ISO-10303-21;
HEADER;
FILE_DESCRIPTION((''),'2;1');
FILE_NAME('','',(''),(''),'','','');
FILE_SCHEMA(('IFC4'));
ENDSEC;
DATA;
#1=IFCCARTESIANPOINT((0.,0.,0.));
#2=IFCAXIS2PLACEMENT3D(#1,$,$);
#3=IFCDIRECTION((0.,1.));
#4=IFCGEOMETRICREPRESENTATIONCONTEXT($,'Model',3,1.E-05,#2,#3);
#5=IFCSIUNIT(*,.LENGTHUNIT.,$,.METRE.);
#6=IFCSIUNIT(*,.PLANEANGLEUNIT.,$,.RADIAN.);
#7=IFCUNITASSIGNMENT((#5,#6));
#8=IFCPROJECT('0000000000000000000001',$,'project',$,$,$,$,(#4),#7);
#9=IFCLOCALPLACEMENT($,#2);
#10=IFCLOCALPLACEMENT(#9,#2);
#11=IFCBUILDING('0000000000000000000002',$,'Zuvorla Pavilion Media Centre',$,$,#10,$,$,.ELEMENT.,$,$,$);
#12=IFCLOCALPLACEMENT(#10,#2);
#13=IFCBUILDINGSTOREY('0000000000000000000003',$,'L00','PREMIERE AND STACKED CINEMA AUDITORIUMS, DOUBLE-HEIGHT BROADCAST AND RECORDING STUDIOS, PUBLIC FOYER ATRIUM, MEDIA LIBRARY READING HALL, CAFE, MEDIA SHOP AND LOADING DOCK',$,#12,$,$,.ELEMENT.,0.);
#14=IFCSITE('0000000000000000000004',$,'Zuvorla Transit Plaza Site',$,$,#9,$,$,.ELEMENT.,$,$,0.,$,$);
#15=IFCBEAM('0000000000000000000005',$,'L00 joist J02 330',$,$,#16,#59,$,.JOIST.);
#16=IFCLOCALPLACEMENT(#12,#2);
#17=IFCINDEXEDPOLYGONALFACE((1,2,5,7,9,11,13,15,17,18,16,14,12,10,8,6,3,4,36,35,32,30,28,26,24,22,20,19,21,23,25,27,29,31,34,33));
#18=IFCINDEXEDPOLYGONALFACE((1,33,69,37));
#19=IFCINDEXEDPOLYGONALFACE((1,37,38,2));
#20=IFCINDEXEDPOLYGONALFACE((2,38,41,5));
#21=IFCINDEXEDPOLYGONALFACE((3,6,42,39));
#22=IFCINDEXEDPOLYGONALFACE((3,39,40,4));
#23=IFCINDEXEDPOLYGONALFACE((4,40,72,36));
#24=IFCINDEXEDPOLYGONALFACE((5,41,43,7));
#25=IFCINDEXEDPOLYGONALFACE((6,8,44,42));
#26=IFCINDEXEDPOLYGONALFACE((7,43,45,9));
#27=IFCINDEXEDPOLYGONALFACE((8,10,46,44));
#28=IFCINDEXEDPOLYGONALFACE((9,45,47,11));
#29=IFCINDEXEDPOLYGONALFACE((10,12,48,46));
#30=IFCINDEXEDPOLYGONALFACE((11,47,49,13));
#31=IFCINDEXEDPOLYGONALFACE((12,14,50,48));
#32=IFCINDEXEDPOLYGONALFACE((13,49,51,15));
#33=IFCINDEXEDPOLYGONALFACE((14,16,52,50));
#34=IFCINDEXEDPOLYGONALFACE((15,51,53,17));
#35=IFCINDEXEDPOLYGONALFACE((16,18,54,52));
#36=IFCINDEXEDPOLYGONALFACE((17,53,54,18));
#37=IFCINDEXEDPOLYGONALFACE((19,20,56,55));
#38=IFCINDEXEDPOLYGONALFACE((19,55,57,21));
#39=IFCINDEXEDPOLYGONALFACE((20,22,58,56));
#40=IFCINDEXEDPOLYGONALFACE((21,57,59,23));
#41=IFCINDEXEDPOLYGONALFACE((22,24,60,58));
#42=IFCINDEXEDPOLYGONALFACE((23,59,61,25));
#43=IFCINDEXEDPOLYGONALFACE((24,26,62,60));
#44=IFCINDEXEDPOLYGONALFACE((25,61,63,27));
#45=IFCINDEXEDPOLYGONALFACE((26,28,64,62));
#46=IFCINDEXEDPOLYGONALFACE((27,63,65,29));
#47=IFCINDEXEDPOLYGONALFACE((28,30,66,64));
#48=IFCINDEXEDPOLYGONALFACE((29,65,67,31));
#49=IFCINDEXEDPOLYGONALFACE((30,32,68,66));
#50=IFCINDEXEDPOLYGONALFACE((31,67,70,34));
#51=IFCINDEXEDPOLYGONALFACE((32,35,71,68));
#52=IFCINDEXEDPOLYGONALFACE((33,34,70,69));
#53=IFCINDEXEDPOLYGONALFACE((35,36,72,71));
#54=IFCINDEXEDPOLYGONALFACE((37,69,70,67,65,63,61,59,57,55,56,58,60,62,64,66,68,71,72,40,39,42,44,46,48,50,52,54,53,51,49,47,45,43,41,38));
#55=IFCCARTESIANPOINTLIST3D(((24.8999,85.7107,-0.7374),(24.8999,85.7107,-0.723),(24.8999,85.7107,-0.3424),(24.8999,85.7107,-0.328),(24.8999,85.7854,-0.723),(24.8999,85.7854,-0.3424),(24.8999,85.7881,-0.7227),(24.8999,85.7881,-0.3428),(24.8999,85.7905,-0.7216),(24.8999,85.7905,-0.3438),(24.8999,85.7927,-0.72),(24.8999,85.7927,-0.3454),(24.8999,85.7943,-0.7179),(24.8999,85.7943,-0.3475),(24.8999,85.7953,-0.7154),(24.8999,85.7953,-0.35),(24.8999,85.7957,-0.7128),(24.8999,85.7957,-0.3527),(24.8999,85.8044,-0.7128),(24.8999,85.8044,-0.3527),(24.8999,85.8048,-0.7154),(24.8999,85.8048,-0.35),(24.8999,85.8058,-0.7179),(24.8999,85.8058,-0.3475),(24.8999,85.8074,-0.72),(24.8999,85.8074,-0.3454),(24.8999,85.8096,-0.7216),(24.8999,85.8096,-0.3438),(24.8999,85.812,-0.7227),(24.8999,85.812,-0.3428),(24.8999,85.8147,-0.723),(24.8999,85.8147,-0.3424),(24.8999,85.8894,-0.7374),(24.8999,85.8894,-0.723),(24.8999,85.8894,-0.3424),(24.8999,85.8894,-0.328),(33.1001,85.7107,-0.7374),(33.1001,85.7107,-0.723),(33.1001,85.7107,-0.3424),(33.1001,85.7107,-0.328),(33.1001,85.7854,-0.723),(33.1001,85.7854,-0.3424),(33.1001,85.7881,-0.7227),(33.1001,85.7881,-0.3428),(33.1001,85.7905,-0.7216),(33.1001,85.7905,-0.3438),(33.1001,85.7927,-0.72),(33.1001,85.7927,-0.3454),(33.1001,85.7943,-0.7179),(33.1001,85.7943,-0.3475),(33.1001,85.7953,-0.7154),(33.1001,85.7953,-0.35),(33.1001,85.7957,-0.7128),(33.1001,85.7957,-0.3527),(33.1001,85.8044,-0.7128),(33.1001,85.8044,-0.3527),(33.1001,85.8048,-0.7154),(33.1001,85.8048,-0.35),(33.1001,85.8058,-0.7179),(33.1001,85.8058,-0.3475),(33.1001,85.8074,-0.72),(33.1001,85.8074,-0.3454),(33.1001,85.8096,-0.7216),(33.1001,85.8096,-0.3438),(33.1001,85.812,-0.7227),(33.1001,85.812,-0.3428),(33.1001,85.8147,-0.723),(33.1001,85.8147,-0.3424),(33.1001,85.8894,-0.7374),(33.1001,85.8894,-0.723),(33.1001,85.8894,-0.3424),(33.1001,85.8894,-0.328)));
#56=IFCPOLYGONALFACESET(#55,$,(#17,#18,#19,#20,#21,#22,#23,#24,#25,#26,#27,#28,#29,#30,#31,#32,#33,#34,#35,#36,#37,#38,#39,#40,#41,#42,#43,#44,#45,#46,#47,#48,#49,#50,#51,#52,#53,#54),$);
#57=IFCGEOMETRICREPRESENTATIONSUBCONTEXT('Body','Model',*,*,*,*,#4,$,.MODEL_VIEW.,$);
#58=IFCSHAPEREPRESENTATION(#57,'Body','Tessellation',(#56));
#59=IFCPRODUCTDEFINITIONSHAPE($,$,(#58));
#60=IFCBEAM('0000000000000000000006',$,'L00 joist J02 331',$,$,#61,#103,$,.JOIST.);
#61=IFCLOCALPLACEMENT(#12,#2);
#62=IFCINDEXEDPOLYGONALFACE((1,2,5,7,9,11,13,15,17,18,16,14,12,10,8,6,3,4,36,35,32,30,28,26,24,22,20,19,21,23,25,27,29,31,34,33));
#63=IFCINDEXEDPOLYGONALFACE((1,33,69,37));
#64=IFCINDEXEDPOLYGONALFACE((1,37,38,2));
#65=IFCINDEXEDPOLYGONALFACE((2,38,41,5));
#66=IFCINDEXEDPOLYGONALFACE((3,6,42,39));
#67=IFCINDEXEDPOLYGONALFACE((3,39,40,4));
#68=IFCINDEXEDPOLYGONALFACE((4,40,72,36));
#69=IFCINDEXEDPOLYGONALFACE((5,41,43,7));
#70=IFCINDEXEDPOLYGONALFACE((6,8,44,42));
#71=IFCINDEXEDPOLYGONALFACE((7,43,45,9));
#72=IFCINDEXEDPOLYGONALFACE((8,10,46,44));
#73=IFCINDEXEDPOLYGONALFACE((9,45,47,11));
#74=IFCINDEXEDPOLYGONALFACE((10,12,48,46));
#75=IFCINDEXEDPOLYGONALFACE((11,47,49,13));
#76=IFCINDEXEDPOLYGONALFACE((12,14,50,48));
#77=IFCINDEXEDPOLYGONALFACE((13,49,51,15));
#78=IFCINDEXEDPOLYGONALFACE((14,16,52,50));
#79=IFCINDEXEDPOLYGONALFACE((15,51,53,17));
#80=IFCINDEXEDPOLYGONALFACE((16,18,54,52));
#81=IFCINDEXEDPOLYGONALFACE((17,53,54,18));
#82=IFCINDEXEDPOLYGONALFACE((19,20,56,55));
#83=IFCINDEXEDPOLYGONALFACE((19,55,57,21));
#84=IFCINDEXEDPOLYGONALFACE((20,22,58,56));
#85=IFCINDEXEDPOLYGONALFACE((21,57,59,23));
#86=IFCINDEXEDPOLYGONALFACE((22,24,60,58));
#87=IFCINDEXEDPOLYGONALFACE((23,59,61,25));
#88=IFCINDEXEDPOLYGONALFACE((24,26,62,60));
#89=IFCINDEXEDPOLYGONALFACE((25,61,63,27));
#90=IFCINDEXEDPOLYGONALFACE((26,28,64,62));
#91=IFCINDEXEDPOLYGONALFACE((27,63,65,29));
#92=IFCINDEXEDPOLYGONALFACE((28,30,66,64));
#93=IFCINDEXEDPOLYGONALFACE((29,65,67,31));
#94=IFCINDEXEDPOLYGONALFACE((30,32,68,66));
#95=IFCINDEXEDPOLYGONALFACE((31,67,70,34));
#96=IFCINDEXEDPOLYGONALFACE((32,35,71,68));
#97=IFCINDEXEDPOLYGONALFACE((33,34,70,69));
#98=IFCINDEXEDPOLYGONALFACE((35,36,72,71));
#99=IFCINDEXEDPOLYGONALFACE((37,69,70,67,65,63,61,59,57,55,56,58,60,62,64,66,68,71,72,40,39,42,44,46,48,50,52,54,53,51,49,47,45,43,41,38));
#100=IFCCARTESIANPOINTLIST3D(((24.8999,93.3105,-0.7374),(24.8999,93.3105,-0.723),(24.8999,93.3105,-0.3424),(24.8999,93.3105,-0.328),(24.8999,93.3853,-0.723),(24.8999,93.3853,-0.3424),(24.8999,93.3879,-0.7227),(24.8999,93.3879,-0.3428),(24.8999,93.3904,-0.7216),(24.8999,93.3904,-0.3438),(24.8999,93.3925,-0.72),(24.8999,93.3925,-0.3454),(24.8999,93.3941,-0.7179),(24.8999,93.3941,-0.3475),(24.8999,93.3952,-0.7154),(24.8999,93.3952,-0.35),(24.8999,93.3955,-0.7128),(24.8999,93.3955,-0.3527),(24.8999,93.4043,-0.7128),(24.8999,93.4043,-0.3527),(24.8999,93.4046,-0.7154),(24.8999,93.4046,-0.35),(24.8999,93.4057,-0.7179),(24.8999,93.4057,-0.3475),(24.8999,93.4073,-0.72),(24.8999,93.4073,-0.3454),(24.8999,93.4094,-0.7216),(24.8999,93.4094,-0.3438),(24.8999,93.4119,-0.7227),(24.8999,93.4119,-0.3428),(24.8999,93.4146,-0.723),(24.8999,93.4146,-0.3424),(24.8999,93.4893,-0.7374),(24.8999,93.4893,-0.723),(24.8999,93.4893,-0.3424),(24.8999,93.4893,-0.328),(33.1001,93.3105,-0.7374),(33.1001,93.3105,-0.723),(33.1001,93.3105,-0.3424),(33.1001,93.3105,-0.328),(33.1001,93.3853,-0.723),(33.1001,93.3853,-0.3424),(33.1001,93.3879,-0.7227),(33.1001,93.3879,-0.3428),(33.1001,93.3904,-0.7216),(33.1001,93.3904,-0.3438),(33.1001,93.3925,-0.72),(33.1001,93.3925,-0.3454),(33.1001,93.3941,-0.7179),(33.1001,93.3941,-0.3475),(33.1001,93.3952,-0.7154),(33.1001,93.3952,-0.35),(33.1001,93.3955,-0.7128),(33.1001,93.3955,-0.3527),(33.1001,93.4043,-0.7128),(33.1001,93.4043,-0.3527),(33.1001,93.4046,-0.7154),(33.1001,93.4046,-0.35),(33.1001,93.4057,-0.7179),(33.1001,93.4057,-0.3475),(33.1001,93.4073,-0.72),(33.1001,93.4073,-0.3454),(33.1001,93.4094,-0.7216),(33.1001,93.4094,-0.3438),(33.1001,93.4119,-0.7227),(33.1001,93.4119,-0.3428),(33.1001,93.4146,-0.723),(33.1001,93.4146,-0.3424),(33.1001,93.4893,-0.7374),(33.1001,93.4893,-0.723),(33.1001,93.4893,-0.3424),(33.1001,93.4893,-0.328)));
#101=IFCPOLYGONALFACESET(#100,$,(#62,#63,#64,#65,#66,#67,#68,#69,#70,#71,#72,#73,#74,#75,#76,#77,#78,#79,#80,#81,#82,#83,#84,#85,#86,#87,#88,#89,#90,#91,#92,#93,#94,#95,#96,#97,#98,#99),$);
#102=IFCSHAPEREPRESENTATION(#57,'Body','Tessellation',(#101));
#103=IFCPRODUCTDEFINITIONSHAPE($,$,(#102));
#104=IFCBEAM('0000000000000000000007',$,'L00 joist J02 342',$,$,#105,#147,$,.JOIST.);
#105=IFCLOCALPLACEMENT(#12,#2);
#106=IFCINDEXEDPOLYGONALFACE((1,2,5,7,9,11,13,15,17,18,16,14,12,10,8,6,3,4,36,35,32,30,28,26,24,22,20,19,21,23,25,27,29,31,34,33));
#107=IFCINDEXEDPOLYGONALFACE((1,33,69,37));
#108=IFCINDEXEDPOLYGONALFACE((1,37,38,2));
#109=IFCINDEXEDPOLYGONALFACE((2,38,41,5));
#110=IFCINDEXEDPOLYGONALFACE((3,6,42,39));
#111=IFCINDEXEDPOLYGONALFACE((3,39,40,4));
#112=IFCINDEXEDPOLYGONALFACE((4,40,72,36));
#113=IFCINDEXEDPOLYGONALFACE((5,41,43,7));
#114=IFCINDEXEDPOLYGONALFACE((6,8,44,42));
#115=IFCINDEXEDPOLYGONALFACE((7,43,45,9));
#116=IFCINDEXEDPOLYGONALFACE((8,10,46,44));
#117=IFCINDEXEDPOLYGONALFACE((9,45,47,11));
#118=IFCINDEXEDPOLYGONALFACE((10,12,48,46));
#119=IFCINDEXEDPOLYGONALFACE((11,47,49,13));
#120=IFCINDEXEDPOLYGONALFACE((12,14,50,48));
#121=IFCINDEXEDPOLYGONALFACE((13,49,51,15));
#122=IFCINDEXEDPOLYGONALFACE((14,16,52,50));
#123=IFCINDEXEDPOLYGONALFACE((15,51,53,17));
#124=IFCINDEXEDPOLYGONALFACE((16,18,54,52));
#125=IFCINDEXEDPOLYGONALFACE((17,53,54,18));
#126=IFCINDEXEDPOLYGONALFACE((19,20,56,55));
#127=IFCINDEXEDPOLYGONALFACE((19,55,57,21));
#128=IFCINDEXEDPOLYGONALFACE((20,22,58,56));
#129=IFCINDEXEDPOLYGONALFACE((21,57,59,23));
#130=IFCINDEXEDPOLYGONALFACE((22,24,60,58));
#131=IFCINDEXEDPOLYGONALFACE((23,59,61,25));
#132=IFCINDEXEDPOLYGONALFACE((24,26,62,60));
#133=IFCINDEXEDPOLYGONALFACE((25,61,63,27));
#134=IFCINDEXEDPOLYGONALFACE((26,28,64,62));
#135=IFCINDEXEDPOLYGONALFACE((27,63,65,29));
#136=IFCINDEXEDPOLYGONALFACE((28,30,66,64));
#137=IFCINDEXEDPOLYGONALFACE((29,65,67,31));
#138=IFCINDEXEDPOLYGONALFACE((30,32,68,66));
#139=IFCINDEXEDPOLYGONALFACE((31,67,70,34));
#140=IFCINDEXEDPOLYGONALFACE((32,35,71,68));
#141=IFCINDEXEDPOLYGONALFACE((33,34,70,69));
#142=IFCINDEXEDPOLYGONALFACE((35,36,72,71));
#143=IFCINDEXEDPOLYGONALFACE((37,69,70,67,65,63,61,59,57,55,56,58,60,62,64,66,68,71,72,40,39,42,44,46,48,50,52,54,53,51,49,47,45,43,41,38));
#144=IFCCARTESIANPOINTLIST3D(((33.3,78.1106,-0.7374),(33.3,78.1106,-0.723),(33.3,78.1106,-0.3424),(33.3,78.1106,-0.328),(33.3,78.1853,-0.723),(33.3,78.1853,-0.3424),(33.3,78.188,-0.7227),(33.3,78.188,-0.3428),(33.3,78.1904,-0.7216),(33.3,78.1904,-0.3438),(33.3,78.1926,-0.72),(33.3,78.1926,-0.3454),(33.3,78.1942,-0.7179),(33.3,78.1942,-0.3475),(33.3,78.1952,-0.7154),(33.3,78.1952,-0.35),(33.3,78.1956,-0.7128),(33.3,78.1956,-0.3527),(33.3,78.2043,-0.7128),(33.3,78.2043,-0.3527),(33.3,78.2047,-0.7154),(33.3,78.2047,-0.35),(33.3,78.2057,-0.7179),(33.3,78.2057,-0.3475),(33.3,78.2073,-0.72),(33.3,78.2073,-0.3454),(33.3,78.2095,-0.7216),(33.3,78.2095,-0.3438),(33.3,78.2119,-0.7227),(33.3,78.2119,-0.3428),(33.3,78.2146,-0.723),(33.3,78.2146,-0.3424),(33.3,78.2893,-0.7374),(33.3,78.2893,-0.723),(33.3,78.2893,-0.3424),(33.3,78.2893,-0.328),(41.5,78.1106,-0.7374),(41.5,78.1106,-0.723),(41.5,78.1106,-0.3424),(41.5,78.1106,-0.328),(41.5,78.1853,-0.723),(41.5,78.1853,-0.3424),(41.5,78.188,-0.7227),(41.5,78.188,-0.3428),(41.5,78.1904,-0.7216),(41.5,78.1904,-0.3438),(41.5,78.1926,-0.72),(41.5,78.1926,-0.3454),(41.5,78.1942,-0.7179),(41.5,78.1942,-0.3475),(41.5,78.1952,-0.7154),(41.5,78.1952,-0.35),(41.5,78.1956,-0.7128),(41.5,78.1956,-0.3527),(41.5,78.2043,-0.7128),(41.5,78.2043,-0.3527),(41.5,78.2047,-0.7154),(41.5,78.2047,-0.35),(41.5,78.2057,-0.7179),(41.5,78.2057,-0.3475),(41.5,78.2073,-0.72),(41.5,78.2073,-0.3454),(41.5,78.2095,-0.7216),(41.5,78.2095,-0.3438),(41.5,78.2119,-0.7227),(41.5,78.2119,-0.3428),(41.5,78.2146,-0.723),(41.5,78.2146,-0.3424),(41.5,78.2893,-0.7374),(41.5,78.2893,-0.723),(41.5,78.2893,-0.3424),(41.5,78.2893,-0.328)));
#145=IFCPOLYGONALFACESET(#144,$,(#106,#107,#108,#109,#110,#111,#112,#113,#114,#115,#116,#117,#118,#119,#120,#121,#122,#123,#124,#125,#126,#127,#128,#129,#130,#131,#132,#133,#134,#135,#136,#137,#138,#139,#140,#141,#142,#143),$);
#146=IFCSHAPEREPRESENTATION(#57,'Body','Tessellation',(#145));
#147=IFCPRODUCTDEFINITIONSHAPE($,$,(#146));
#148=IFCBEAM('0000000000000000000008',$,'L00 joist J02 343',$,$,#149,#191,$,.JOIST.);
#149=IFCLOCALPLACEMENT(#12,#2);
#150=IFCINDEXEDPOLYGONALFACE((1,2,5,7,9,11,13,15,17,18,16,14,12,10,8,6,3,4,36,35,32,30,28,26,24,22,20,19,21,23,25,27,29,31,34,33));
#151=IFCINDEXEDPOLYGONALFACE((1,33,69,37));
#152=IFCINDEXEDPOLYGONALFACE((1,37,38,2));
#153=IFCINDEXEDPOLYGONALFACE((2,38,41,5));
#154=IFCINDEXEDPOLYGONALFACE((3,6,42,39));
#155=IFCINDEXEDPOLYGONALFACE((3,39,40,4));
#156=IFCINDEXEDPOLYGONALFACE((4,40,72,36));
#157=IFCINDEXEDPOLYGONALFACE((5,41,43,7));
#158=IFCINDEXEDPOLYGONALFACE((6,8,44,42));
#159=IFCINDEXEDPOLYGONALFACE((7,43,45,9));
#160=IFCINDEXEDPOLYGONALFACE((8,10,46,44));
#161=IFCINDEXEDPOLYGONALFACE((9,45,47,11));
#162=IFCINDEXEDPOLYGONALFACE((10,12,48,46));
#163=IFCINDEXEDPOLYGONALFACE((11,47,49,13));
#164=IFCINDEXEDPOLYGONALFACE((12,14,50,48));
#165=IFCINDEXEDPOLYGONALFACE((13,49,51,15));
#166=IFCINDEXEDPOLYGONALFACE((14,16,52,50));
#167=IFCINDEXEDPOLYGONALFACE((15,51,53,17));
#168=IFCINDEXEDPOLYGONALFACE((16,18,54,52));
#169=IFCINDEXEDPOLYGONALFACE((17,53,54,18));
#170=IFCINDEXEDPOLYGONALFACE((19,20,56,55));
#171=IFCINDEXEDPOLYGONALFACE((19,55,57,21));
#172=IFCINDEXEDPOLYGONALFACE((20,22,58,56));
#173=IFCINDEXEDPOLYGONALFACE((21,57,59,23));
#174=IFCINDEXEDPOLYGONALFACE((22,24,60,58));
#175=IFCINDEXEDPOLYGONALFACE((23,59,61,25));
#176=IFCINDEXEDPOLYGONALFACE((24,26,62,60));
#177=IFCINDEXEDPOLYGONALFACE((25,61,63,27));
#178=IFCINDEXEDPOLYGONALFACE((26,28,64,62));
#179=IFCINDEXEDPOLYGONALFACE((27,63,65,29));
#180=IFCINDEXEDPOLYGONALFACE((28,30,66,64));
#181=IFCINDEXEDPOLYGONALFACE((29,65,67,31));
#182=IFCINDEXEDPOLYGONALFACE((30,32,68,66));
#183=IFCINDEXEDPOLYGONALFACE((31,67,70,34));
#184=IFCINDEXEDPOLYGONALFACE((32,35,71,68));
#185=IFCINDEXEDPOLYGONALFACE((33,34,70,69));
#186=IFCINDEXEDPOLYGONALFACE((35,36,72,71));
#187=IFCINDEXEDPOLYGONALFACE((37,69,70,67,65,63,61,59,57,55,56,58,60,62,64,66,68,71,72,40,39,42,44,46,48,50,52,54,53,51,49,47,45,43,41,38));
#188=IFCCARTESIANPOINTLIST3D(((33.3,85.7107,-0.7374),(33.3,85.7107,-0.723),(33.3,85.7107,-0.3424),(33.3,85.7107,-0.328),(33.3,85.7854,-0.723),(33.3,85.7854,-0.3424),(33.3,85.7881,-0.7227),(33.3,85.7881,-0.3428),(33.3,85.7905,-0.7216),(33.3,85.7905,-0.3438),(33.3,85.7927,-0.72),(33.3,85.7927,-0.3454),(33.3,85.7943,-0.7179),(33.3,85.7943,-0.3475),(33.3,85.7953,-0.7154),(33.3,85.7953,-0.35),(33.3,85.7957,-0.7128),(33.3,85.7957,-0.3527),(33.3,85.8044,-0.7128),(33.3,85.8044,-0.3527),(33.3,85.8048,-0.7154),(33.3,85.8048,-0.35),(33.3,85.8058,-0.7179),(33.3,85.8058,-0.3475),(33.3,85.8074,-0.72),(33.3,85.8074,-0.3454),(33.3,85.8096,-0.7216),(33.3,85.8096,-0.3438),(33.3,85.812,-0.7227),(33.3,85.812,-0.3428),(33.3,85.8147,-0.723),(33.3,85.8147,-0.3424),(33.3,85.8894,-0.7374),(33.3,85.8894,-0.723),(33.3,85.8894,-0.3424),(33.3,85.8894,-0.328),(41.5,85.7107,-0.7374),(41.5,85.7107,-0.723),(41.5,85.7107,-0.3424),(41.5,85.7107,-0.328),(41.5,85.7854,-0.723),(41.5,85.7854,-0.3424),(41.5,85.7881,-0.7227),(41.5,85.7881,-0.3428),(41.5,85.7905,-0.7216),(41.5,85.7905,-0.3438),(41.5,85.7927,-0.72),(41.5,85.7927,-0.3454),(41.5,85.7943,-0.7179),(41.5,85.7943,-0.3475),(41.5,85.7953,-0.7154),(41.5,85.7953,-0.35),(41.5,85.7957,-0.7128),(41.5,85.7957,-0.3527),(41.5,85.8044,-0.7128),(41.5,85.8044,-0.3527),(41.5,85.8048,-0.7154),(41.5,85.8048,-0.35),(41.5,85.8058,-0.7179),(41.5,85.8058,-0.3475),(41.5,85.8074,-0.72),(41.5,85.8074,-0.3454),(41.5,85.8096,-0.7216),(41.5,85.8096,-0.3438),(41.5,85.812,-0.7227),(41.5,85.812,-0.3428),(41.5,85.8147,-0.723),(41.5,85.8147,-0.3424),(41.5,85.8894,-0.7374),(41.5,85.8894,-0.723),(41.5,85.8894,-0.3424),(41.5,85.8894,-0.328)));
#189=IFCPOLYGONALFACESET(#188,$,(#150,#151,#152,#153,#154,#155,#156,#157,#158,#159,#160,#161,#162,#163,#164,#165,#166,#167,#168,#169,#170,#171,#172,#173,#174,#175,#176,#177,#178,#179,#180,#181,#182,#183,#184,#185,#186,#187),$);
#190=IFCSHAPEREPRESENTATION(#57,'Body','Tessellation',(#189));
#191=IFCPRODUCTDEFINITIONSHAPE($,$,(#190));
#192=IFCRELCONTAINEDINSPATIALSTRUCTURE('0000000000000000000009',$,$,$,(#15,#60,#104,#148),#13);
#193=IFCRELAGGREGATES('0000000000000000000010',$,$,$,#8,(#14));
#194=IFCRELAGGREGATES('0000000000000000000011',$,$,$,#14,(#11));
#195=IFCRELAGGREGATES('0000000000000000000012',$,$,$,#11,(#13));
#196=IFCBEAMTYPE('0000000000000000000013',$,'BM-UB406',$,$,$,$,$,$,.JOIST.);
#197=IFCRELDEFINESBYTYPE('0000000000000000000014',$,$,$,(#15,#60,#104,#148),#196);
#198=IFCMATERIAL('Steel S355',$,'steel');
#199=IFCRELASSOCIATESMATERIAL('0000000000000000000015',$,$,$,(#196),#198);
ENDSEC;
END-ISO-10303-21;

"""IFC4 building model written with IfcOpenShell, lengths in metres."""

from ifc_helpers import new_model, si_unit, direction, frame, origin, origin_2d, place, context, subcontext, project, spatial, i_section, extrude, material, material_profile, profile_set, type_object, element, save


model = new_model("IFC4")

# Units and contexts
model_context = context("Model", 3, precision=1e-05, world=origin(), true_north=direction((0.0, 1.0)))
body_context = subcontext(model_context, "Body", "Model", "MODEL_VIEW")
ifc_project = project(units=[si_unit("LENGTHUNIT", "METRE"), si_unit("PLANEANGLEUNIT", "RADIAN")], contexts=[model_context])

# Site, building, storey
site_placement = place(None, origin())
site = spatial("IfcSite", under=ifc_project, at=site_placement, Name="Zuvorla Transit Plaza Site", CompositionType="ELEMENT", RefElevation=0.0)
building_placement = place(site_placement, origin())
building = spatial("IfcBuilding", under=site, at=building_placement, Name="Zuvorla Pavilion Media Centre", CompositionType="ELEMENT")
storey_placement = place(building_placement, origin())
storey = spatial("IfcBuildingStorey", under=building, at=storey_placement, Name="L00", Description="PREMIERE AND STACKED CINEMA AUDITORIUMS, DOUBLE-HEIGHT BROADCAST AND RECORDING STUDIOS, PUBLIC FOYER ATRIUM, MEDIA LIBRARY READING HALL, CAFE, MEDIA SHOP AND LOADING DOCK", CompositionType="ELEMENT", Elevation=0.0)

# Beams
ifc_material_1 = material(Name="Steel S355", Category="steel")
ifc_material_profile_1 = material_profile(ifc_material_1, i_section(OverallWidth=0.1787, OverallDepth=0.4094, WebThickness=0.0088, FlangeThickness=0.0144, FilletRadius=0.0103, at=origin_2d()), Name="UB 406x178x67")
ifc_profile_set_1 = profile_set([ifc_material_profile_1], Name="Steel S355")
beam_type_1 = type_object("IfcBeamType", Name="BM-UB406", PredefinedType="JOIST", material=ifc_profile_set_1)
for number, where, z_axis, x_axis, name in (
    (1, (24.8999, 85.8, -0.5327), (1.0, 0.0, 0.0), (0.0, 1.0, 0.0), "L00 joist J02 330"),
    (2, (24.8999, 93.3999, -0.5327), (1.0, 0.0, 0.0), (0.0, 1.0, 0.0), "L00 joist J02 331"),
):
    element("IfcBeam", number, at=place(storey_placement, frame(where, z_axis=z_axis, x_axis=x_axis)), inside=storey, type_object=beam_type_1, Name=name, PredefinedType="JOIST", context=body_context, shape_type="SweptSolid", body=[
        extrude(i_section(OverallWidth=0.1787, OverallDepth=0.4094, WebThickness=0.0088, FlangeThickness=0.0144, FilletRadius=0.0103, at=origin_2d()), origin(), (0.0, 0.0, 1.0), 8.2002),
    ])
for number, where, z_axis, x_axis, name in (
    (3, (33.3, 78.2, -0.5327), (1.0, 0.0, 0.0), (0.0, 1.0, 0.0), "L00 joist J02 342"),
    (4, (33.3, 85.8, -0.5327), (1.0, 0.0, 0.0), (0.0, 1.0, 0.0), "L00 joist J02 343"),
):
    element("IfcBeam", number, at=place(storey_placement, frame(where, z_axis=z_axis, x_axis=x_axis)), inside=storey, type_object=beam_type_1, Name=name, PredefinedType="JOIST", context=body_context, shape_type="SweptSolid", body=[
        extrude(i_section(OverallWidth=0.1787, OverallDepth=0.4094, WebThickness=0.0088, FlangeThickness=0.0144, FilletRadius=0.0103, at=origin_2d()), origin(), (0.0, 0.0, 1.0), 8.2),
    ])

save(model, "model.ifc")
